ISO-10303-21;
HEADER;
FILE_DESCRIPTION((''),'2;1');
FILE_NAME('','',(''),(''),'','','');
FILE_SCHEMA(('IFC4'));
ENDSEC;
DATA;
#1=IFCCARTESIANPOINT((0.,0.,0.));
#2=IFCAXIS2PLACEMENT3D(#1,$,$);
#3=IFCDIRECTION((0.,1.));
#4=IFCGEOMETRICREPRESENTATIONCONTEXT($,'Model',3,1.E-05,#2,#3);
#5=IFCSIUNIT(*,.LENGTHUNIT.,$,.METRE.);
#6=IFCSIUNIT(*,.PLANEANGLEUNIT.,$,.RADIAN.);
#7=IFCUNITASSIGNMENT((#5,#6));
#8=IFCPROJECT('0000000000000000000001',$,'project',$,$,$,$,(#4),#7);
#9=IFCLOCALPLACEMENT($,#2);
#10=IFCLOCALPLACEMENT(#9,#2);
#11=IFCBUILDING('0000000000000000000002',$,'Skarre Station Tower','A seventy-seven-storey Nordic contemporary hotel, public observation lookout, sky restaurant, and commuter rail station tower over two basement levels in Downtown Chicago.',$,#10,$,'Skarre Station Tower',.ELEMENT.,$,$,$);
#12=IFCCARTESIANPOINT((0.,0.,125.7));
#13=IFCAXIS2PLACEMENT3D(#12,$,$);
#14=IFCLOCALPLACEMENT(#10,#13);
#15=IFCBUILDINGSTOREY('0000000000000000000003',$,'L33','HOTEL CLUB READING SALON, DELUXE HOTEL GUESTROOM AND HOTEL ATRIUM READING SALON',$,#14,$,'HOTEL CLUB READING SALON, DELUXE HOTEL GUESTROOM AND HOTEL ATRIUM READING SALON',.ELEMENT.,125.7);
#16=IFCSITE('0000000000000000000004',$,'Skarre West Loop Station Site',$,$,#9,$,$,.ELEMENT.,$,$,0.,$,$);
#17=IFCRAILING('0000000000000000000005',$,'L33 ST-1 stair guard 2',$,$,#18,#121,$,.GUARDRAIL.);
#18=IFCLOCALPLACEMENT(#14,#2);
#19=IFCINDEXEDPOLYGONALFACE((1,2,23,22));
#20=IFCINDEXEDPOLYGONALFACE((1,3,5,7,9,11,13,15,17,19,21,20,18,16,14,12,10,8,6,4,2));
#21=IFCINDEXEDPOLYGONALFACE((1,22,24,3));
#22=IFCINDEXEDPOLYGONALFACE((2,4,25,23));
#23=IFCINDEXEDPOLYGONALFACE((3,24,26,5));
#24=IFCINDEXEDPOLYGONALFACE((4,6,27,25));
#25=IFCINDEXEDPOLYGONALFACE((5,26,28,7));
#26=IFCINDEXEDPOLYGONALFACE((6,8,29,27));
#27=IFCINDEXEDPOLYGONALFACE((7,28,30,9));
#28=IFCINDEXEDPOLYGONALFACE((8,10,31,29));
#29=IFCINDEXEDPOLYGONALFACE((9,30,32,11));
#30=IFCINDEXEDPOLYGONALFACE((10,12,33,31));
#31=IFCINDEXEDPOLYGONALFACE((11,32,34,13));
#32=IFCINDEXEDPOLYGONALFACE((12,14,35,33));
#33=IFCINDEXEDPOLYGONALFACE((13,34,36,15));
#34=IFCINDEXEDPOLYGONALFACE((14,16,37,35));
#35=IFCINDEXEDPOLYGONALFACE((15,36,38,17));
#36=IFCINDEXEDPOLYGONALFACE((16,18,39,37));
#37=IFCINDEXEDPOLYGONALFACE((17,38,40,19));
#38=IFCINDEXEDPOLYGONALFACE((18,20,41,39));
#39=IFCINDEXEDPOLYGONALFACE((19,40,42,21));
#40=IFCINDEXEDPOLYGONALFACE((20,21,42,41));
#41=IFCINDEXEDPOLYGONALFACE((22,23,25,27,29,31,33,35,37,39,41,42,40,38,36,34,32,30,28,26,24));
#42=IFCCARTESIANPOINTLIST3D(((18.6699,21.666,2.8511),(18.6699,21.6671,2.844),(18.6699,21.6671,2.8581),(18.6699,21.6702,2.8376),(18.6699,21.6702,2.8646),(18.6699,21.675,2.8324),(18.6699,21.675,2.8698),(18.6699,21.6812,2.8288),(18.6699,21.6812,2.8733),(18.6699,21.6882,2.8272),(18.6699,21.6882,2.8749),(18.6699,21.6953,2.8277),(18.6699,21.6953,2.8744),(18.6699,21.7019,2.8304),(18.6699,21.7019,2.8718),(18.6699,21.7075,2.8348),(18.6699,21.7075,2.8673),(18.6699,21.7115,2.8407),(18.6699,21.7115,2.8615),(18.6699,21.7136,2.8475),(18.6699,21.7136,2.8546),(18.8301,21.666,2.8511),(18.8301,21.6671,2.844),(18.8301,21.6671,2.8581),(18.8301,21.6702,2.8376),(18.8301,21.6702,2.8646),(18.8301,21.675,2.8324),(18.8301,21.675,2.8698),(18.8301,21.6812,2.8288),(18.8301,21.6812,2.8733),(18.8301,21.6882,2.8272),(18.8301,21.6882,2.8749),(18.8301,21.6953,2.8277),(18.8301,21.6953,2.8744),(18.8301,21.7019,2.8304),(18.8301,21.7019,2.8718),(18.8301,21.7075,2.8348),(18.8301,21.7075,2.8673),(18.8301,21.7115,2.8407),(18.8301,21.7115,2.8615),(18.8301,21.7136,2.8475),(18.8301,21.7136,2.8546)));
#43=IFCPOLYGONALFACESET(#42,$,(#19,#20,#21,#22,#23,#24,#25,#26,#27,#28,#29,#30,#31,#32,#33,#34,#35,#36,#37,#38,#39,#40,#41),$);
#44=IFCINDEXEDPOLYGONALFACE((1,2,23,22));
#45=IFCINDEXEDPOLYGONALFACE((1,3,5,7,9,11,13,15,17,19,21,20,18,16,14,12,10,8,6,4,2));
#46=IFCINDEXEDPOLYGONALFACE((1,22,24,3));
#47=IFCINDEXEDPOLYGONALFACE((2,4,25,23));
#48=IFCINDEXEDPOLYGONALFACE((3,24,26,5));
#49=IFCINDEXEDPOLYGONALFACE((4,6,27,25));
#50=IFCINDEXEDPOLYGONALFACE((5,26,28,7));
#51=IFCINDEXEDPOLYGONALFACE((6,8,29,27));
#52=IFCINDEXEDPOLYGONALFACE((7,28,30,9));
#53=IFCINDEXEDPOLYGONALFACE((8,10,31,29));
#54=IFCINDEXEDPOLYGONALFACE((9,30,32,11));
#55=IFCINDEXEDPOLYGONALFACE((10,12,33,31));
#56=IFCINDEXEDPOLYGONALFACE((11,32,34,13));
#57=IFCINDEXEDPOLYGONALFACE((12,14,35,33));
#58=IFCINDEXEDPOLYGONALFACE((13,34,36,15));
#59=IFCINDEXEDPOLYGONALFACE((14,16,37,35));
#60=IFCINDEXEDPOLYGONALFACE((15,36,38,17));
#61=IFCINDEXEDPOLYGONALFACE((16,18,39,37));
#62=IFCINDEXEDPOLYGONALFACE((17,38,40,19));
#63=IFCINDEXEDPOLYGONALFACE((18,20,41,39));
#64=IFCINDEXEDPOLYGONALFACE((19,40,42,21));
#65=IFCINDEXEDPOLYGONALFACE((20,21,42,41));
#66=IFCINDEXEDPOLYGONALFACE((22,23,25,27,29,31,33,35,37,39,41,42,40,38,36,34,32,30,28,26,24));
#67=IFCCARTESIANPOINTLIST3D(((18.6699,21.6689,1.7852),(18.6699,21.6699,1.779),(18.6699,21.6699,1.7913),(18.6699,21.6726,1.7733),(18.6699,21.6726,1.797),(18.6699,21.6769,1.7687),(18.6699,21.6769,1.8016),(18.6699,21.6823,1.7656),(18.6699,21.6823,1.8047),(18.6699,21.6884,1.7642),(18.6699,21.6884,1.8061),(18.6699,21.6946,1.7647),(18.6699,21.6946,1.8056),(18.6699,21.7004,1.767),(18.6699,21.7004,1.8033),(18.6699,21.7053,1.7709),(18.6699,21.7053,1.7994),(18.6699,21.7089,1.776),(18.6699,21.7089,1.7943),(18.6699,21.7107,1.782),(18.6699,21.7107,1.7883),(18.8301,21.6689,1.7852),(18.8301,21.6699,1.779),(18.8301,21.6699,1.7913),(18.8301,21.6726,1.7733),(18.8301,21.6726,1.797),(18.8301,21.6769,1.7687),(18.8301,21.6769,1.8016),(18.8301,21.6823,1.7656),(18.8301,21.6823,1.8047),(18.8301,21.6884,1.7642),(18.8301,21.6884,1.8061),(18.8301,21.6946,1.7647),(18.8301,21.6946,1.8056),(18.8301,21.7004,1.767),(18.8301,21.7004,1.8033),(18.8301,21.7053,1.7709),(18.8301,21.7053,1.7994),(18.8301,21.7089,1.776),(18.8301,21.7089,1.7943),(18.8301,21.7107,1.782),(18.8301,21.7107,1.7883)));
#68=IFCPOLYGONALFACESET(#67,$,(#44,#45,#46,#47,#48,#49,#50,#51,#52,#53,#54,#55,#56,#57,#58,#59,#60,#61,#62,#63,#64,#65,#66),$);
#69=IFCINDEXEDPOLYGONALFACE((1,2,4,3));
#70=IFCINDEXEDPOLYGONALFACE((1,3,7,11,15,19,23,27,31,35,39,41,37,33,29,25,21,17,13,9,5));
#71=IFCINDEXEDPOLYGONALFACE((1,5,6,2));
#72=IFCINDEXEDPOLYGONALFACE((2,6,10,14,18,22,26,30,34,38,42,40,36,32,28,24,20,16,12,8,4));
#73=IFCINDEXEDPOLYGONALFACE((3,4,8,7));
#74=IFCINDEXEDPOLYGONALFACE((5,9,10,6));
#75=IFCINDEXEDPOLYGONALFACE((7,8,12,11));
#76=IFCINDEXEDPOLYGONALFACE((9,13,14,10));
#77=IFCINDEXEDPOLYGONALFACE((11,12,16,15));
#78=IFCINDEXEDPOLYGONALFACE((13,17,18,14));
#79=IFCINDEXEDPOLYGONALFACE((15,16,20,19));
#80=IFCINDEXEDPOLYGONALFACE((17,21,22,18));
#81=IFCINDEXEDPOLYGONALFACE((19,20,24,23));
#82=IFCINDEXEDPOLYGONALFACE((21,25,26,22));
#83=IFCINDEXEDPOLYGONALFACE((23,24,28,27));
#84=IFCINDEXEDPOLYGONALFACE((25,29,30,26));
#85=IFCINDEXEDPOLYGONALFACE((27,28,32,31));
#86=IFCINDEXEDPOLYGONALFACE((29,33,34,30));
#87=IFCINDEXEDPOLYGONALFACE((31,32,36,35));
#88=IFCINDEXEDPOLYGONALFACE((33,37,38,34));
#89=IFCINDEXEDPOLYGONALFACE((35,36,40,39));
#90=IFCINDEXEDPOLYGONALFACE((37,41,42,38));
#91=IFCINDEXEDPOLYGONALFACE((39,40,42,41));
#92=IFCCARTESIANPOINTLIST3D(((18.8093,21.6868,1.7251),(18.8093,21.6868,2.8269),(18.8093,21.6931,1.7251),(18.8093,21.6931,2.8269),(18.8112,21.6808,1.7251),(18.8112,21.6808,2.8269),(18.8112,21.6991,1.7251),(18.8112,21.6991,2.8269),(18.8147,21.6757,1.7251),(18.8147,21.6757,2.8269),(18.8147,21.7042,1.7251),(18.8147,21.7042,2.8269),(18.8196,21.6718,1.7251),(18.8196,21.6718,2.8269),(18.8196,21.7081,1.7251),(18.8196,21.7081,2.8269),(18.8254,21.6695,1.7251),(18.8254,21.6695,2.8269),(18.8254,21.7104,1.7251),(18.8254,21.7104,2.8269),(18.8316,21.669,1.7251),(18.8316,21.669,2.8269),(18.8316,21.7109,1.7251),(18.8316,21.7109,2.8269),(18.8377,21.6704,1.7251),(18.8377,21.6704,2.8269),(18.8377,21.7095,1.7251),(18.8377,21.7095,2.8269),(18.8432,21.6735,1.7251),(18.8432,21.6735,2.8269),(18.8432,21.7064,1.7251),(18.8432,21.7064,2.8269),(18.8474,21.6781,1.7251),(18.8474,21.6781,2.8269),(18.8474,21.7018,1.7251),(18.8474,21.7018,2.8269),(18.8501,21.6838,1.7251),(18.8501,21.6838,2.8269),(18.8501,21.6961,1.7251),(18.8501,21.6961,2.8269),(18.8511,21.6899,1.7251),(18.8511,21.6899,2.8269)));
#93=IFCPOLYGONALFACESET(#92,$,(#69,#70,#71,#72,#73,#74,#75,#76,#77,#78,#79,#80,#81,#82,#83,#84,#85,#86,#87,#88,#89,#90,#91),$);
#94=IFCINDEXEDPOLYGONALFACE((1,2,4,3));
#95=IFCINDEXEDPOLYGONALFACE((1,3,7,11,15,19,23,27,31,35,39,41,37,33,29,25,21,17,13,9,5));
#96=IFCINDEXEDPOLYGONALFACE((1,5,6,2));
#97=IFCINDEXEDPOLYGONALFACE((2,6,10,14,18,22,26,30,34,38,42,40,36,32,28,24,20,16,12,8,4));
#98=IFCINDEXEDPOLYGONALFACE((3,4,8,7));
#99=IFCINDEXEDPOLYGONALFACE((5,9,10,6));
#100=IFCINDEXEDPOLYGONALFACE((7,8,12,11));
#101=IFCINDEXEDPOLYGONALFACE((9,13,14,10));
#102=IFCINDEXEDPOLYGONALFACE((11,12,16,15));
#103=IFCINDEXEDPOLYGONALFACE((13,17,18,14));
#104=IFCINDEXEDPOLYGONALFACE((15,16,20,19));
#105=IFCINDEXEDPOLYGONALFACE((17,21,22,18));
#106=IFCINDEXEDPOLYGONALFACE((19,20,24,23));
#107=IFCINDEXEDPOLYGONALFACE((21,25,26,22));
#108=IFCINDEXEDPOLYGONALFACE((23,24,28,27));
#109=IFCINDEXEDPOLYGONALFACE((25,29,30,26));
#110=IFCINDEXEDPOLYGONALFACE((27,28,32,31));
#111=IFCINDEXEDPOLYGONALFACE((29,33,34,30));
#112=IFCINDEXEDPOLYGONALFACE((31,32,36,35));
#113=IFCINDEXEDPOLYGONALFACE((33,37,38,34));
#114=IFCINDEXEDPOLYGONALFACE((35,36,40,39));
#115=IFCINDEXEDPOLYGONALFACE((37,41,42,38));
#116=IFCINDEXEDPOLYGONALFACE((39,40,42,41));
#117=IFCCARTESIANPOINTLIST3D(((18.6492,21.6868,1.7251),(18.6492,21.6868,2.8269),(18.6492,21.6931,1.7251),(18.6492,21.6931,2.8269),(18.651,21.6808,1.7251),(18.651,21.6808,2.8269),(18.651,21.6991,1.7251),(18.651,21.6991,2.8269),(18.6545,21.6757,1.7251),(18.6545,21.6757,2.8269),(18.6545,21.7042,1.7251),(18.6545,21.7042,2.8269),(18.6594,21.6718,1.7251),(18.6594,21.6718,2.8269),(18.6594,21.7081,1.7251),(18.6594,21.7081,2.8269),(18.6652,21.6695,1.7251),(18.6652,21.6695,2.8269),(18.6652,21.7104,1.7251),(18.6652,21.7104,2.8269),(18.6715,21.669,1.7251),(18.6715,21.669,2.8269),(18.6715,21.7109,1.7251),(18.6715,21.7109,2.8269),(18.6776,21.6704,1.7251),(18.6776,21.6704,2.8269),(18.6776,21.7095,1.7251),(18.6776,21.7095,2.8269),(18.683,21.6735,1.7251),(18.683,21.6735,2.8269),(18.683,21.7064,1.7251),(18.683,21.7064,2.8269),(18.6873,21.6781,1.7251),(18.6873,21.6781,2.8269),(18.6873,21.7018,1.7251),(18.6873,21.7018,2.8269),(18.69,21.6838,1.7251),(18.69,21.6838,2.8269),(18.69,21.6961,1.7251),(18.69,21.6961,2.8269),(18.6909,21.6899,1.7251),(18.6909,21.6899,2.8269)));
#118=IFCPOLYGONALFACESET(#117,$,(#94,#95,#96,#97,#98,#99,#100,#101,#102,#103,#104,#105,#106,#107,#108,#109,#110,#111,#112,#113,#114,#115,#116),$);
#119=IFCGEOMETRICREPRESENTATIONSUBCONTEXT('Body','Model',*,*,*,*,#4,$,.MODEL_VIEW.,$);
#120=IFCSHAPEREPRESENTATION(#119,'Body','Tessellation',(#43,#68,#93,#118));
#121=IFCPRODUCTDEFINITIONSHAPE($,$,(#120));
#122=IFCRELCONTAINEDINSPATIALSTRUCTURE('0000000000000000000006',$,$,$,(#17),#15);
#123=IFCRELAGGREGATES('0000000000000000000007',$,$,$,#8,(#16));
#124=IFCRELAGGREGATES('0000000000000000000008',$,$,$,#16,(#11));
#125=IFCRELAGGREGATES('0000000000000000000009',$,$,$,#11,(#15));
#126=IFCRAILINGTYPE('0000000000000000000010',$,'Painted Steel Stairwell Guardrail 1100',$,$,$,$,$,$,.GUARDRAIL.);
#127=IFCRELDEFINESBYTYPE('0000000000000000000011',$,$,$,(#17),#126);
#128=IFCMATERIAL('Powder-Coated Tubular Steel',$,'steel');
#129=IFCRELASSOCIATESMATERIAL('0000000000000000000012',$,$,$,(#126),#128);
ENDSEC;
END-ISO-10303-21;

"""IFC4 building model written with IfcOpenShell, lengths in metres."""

from ifc_helpers import new_model, si_unit, direction, frame, origin, origin_2d, place, context, subcontext, project, spatial, circle, extrude, material, type_object, element, save


model = new_model("IFC4")

# Units and contexts
model_context = context("Model", 3, precision=1e-05, world=origin(), true_north=direction((0.0, 1.0)))
body_context = subcontext(model_context, "Body", "Model", "MODEL_VIEW")
ifc_project = project(units=[si_unit("LENGTHUNIT", "METRE"), si_unit("PLANEANGLEUNIT", "RADIAN")], contexts=[model_context])

# Site, building, storey
site_placement = place(None, origin())
site = spatial("IfcSite", under=ifc_project, at=site_placement, Name="Skarre West Loop Station Site", CompositionType="ELEMENT", RefElevation=0.0)
building_placement = place(site_placement, origin())
building = spatial("IfcBuilding", under=site, at=building_placement, Name="Skarre Station Tower", Description="A seventy-seven-storey Nordic contemporary hotel, public observation lookout, sky restaurant, and commuter rail station tower over two basement levels in Downtown Chicago.", LongName="Skarre Station Tower", CompositionType="ELEMENT")
storey_placement = place(building_placement, frame((0.0, 0.0, 125.7)))
storey = spatial("IfcBuildingStorey", under=building, at=storey_placement, Name="L33", Description="HOTEL CLUB READING SALON, DELUXE HOTEL GUESTROOM AND HOTEL ATRIUM READING SALON", LongName="HOTEL CLUB READING SALON, DELUXE HOTEL GUESTROOM AND HOTEL ATRIUM READING SALON", CompositionType="ELEMENT", Elevation=125.7)

# Railing
ifc_material_1 = material(Name="Powder-Coated Tubular Steel", Category="steel")
railing_type_1 = type_object("IfcRailingType", Name="Painted Steel Stairwell Guardrail 1100", PredefinedType="GUARDRAIL", material=ifc_material_1)
railing_1_placement = place(storey_placement, frame((18.8301, 21.6899, 1.7251)))
element("IfcRailing", 1, at=railing_1_placement, inside=storey, type_object=railing_type_1, Name="L33 ST-1 stair guard 2", PredefinedType="GUARDRAIL", context=body_context, shape_type="SweptSolid", body=[
    extrude(circle(Radius=0.0239, at=origin_2d()), frame((0.0, 0.0, 1.126), z_axis=(-1.0, 0.0, 0.0), x_axis=(0.0, -1.0, 0.0)), (0.0, 0.0, 1.0), 0.1602),
    extrude(circle(Radius=0.021, at=origin_2d()), frame((0.0, 0.0, 0.0601), z_axis=(-1.0, 0.0, 0.0), x_axis=(0.0, -1.0, 0.0)), (0.0, 0.0, 1.0), 0.1602),
    extrude(circle(Radius=0.021, at=origin_2d()), origin(), (0.0, 0.0, 1.0), 1.1018),
    extrude(circle(Radius=0.021, at=origin_2d()), frame((-0.1602, 0.0, 0.0)), (0.0, 0.0, 1.0), 1.1018),
])

save(model, "model.ifc")
